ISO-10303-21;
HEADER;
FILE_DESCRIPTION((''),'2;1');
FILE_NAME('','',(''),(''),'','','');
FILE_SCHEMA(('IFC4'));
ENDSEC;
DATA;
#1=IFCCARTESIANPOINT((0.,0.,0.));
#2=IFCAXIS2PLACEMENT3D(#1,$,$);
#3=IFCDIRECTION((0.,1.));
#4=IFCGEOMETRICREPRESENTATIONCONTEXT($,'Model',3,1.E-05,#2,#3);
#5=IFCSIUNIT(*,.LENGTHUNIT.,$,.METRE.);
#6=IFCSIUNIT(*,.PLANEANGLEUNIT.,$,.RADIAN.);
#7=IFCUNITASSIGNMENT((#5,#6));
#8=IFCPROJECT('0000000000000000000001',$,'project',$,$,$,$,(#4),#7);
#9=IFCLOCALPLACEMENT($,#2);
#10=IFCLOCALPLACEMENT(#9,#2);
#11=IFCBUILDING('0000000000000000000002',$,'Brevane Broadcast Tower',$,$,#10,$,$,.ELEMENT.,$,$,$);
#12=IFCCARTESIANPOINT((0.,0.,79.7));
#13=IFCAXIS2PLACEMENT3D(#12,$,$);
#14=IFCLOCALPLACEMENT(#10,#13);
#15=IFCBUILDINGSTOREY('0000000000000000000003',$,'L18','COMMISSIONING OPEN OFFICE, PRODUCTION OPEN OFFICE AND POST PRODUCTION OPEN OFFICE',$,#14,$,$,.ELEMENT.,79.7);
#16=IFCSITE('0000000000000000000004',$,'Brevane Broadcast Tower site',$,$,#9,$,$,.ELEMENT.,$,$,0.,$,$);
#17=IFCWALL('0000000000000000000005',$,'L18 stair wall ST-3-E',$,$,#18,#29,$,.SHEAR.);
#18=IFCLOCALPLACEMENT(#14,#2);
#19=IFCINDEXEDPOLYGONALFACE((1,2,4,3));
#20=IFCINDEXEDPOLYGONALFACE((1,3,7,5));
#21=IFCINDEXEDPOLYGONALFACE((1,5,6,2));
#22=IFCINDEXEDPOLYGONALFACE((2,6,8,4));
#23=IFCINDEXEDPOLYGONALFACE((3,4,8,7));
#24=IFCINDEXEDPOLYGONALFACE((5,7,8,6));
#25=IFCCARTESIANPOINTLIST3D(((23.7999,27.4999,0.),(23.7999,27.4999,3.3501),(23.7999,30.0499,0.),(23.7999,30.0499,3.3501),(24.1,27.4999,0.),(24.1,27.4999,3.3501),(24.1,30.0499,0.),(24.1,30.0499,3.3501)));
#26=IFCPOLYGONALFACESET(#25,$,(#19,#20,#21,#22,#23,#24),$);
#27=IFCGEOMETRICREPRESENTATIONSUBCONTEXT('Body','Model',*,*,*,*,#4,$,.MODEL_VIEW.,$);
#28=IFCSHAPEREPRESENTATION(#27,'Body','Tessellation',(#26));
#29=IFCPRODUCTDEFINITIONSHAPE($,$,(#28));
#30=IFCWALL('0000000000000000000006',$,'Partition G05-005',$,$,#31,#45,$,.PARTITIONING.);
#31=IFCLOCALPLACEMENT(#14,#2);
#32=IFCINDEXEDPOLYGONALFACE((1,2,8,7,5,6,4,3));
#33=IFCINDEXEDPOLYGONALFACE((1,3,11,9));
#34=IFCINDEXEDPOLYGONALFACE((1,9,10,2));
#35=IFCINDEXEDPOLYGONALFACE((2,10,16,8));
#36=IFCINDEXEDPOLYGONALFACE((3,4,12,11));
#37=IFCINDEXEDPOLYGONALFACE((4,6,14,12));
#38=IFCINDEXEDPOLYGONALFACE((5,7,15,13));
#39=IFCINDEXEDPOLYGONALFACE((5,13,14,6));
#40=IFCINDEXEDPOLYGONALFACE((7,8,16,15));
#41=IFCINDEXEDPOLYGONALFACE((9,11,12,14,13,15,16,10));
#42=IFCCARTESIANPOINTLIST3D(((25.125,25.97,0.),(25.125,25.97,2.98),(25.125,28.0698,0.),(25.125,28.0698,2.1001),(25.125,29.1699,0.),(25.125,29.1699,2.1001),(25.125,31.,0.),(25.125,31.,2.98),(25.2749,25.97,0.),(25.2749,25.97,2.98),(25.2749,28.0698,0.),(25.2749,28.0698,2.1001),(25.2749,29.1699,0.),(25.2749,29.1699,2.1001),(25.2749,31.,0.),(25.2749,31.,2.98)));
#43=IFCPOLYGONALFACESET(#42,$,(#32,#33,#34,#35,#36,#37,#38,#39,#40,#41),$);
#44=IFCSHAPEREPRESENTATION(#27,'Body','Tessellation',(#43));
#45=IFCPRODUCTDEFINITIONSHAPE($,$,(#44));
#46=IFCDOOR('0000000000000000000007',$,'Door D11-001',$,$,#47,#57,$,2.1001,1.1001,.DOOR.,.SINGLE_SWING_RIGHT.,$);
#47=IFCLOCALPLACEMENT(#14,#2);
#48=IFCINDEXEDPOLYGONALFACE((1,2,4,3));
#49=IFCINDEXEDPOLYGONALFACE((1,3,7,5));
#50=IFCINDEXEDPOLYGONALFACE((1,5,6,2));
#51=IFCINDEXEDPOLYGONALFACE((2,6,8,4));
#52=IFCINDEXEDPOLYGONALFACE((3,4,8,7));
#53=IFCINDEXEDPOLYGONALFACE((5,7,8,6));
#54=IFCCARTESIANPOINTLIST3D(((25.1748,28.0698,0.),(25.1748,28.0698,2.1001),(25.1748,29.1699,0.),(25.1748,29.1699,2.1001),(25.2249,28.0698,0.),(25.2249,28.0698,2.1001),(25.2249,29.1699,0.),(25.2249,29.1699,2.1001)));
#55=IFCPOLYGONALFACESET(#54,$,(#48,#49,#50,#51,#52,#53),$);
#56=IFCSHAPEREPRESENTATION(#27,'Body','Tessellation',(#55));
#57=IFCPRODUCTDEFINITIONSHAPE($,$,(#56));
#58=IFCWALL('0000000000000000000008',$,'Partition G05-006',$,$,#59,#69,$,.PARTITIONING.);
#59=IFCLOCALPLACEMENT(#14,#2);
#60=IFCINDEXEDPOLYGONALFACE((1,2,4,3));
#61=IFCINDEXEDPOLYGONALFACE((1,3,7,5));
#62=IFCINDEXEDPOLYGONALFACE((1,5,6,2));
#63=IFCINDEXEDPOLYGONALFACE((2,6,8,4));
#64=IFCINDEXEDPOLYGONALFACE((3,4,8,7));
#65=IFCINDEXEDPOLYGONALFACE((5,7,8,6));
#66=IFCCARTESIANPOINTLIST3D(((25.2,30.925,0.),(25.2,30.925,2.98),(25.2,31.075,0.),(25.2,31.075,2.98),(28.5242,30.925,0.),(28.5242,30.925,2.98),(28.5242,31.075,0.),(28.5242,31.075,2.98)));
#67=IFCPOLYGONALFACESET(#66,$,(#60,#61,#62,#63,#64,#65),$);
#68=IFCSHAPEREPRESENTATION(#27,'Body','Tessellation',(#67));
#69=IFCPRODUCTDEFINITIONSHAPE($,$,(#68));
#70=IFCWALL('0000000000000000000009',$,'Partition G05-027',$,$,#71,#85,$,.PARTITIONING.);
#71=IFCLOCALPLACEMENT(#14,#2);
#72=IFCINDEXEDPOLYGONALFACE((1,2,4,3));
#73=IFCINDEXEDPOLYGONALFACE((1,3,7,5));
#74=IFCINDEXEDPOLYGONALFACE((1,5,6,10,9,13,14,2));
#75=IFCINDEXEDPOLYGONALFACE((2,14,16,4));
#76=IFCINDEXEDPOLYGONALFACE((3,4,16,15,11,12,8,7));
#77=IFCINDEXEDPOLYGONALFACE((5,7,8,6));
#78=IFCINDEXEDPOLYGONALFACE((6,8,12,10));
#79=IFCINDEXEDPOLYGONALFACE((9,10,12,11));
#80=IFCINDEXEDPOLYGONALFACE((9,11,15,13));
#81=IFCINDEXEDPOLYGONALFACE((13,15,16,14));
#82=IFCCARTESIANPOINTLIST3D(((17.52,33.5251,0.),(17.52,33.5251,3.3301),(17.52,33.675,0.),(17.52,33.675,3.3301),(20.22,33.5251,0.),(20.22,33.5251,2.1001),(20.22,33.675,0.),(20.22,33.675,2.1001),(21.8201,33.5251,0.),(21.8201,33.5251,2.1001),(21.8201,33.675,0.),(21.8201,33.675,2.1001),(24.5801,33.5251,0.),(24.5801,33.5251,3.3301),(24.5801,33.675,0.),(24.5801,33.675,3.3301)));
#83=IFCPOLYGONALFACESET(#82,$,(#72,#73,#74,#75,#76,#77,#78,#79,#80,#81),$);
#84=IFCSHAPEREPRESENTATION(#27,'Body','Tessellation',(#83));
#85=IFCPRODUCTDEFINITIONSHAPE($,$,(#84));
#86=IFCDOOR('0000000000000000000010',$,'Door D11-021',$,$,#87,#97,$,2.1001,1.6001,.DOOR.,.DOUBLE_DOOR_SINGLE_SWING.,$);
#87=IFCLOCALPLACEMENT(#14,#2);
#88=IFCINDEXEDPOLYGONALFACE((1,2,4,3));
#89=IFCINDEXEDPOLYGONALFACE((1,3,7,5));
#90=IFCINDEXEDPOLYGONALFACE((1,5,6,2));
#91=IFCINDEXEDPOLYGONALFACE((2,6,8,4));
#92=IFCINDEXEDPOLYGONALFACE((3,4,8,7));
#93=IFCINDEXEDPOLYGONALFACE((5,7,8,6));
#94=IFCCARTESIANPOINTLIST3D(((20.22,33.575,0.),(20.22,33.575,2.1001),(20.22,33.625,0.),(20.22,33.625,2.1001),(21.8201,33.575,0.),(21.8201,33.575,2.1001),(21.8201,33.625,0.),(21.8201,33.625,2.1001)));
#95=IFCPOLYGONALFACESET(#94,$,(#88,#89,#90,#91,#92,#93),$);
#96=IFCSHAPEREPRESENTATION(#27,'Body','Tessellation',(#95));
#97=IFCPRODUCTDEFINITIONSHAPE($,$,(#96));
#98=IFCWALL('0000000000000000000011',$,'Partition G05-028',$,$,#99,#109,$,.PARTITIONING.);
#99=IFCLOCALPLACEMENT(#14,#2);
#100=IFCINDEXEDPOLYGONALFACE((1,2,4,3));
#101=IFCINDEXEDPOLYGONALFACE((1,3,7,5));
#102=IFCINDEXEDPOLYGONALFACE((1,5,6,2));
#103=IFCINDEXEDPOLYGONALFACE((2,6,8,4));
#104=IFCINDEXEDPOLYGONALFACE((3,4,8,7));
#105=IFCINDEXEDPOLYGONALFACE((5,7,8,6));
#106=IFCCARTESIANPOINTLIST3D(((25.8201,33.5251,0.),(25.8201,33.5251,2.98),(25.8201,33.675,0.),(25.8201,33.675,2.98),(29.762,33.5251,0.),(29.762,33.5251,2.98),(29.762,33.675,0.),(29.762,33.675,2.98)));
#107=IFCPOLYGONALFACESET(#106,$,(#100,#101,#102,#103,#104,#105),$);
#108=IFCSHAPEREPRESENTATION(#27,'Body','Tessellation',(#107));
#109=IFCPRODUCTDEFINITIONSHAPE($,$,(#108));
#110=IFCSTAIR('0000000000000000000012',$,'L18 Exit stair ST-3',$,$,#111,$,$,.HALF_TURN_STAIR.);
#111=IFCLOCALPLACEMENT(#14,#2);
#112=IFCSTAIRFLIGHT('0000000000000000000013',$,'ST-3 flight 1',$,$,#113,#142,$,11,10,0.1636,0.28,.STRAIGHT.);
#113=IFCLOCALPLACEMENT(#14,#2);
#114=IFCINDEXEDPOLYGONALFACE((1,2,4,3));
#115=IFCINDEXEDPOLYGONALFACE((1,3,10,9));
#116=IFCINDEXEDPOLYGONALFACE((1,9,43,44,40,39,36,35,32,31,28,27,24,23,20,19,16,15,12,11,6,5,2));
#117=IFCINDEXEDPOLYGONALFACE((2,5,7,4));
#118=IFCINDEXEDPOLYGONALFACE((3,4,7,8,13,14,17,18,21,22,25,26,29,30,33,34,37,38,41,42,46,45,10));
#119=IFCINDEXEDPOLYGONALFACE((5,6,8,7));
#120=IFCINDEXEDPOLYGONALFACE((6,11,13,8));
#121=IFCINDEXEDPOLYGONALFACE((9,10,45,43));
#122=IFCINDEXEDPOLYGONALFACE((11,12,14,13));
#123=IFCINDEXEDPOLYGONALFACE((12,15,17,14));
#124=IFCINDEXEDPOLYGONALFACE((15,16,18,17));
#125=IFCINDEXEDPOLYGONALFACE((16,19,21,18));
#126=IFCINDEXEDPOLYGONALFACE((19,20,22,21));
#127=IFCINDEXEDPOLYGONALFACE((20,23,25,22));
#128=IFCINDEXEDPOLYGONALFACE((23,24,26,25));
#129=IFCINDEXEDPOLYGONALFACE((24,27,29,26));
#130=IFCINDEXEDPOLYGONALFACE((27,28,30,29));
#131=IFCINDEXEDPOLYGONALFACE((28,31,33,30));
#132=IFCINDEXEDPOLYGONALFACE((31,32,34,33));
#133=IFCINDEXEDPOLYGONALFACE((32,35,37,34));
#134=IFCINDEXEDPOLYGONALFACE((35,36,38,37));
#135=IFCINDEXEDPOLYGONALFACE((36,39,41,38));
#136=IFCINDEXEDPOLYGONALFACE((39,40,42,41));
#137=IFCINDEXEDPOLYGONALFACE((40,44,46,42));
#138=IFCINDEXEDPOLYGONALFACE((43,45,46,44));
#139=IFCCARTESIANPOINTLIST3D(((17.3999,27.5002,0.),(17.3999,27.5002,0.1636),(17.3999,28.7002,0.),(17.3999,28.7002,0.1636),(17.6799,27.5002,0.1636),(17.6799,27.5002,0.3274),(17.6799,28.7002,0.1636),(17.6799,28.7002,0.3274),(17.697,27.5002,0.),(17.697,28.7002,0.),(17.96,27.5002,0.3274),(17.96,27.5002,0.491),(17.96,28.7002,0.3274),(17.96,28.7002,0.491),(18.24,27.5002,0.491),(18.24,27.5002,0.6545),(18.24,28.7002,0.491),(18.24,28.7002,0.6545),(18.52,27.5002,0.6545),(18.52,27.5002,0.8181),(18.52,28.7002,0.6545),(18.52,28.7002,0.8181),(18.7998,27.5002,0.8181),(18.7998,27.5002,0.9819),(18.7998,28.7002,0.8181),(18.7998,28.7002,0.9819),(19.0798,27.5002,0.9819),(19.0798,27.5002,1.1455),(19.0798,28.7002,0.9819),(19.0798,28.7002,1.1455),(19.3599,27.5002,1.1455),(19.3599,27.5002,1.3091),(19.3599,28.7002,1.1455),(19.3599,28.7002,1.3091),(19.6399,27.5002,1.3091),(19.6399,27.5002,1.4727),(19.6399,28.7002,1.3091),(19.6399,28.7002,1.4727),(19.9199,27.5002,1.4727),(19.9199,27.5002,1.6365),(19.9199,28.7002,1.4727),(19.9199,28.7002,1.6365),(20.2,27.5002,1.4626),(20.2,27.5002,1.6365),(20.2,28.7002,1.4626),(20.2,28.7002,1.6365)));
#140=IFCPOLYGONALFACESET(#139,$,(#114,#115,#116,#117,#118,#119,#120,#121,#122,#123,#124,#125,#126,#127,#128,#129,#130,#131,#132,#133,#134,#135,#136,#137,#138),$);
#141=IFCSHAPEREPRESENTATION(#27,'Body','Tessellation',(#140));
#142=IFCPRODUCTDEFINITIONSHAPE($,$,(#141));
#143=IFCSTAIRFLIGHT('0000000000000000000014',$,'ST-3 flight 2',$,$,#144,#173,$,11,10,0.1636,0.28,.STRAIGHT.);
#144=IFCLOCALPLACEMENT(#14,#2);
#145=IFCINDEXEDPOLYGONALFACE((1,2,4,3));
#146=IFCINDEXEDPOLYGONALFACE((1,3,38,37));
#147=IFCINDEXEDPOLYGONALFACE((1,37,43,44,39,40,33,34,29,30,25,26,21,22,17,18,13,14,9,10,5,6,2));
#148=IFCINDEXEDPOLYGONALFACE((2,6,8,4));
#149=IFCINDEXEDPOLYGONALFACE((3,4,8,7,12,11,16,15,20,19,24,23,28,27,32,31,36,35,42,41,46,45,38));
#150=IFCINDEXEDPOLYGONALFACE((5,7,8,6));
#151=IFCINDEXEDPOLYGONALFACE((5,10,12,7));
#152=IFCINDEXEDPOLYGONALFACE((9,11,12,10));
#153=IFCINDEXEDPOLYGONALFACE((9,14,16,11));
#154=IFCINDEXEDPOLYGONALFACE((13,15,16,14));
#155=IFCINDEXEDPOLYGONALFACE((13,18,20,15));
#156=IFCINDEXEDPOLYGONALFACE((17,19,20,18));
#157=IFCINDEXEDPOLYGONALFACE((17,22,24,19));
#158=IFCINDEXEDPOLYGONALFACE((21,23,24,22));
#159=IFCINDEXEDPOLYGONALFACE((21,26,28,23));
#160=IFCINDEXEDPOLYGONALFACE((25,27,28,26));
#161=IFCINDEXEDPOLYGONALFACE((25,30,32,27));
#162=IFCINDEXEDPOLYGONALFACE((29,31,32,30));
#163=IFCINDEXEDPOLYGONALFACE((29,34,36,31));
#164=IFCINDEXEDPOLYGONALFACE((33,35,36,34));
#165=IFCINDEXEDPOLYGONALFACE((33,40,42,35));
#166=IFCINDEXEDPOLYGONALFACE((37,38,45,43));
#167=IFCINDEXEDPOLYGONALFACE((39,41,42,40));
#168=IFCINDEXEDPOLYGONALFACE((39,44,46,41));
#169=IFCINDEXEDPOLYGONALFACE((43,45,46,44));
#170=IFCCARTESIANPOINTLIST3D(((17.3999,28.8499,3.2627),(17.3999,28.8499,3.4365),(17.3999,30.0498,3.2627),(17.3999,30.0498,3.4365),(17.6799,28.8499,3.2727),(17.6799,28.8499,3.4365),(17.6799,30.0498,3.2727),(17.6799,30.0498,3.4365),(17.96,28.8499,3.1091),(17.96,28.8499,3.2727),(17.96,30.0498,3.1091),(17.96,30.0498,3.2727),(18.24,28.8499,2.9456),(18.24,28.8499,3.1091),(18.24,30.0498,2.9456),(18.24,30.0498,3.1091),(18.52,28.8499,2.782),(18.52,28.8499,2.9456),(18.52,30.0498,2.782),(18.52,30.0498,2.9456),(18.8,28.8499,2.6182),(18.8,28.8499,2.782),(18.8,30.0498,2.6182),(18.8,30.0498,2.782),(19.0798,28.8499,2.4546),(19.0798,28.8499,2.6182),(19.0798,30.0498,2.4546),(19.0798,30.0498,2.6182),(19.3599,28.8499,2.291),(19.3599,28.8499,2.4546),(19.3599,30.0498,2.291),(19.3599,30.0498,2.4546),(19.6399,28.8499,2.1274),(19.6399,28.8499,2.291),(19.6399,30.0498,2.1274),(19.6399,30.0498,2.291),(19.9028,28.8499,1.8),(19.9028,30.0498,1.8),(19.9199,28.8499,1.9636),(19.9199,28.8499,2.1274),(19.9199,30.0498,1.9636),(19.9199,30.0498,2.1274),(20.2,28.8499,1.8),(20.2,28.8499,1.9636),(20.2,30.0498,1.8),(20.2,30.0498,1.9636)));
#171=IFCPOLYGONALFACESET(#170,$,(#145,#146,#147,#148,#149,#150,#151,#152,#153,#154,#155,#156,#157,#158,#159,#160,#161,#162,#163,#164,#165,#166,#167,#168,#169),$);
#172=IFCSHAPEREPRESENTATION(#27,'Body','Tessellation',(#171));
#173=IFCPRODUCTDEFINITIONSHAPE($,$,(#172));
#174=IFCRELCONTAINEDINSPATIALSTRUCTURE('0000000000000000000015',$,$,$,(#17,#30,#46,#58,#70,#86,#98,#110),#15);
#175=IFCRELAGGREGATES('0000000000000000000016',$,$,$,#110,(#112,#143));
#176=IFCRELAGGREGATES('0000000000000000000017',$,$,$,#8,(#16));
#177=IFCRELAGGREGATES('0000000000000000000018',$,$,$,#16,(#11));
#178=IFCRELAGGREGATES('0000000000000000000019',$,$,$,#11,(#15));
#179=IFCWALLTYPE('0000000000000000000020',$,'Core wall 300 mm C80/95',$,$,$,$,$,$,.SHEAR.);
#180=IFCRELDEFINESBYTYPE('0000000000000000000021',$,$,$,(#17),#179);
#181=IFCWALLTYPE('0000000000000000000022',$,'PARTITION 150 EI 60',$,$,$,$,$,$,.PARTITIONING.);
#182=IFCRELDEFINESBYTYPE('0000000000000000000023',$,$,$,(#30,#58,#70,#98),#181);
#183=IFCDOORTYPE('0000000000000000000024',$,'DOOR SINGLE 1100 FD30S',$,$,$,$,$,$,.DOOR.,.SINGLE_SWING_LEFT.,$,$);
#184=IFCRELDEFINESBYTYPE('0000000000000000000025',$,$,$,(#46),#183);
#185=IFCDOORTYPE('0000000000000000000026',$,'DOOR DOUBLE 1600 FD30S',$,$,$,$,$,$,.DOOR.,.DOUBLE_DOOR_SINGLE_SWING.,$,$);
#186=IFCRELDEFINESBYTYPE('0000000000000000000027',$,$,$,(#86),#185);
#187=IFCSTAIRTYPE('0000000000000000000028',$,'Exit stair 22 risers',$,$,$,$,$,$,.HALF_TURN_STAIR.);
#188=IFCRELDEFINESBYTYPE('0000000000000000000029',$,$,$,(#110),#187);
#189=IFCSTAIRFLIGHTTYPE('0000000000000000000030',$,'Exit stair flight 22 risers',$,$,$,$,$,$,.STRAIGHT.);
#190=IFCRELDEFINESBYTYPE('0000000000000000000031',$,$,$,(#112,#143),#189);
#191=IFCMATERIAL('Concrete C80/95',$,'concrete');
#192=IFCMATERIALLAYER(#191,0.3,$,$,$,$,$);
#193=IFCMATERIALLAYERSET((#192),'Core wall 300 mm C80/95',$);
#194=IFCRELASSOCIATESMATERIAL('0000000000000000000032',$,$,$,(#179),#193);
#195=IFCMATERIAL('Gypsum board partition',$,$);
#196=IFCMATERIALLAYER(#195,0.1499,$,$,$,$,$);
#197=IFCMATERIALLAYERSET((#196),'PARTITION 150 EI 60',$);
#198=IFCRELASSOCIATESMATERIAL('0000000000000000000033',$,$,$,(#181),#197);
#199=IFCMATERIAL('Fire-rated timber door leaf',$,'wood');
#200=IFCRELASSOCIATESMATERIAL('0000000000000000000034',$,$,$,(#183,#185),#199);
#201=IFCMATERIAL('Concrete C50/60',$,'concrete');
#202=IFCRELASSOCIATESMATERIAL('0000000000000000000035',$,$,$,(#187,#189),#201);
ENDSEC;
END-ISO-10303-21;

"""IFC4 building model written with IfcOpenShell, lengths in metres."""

from ifc_helpers import new_model, si_unit, direction, frame, frame_2d, origin, place, context, subcontext, project, spatial, polyline, rectangle, outline, extrude, material, layer, layer_set, type_object, element, fill, aggregate, save


model = new_model("IFC4")

# Units and contexts
model_context = context("Model", 3, precision=1e-05, world=origin(), true_north=direction((0.0, 1.0)))
body_context = subcontext(model_context, "Body", "Model", "MODEL_VIEW")
ifc_project = project(units=[si_unit("LENGTHUNIT", "METRE"), si_unit("PLANEANGLEUNIT", "RADIAN")], contexts=[model_context])

# Site, building, storey
site_placement = place(None, origin())
site = spatial("IfcSite", under=ifc_project, at=site_placement, Name="Brevane Broadcast Tower site", CompositionType="ELEMENT", RefElevation=0.0)
building_placement = place(site_placement, origin())
building = spatial("IfcBuilding", under=site, at=building_placement, Name="Brevane Broadcast Tower", CompositionType="ELEMENT")
storey_placement = place(building_placement, frame((0.0, 0.0, 79.7)))
storey = spatial("IfcBuildingStorey", under=building, at=storey_placement, Name="L18", Description="COMMISSIONING OPEN OFFICE, PRODUCTION OPEN OFFICE AND POST PRODUCTION OPEN OFFICE", CompositionType="ELEMENT", Elevation=79.7)

# Shared definitions
ifc_material_1 = material(Name="Concrete C80/95", Category="concrete")

# Wall
ifc_layer_1 = layer(ifc_material_1, 0.3)
ifc_layer_set_1 = layer_set([ifc_layer_1], Name="Core wall 300 mm C80/95")
wall_type_1 = type_object("IfcWallType", Name="Core wall 300 mm C80/95", PredefinedType="SHEAR", material=ifc_layer_set_1)
wall_1_placement = place(storey_placement, frame((23.95, 27.5, 0.0), z_axis=(0.0, 0.0, 1.0), x_axis=(0.0, 1.0, 0.0)))
element("IfcWall", 1, at=wall_1_placement, inside=storey, type_object=wall_type_1, Name="L18 stair wall ST-3-E", PredefinedType="SHEAR", context=body_context, shape_type="SweptSolid", body=[
    extrude(rectangle(XDim=2.55, YDim=0.3, at=frame_2d((1.2749, 0.0))), origin(), (0.0, 0.0, 1.0), 3.3501),
])

# Wall, opening, door
ifc_material_2 = material(Name="Gypsum board partition")
ifc_layer_2 = layer(ifc_material_2, 0.1499)
ifc_layer_set_2 = layer_set([ifc_layer_2], Name="PARTITION 150 EI 60")
wall_type_2 = type_object("IfcWallType", Name="PARTITION 150 EI 60", PredefinedType="PARTITIONING", material=ifc_layer_set_2)
wall_2_placement = place(storey_placement, frame((25.2, 31.0, 0.0), z_axis=(0.0, 0.0, 1.0), x_axis=(0.0, -1.0, 0.0)))
wall_2 = element("IfcWall", 2, at=wall_2_placement, inside=storey, type_object=wall_type_2, Name="Partition G05-005", PredefinedType="PARTITIONING", context=body_context, shape_type="SweptSolid", body=[
    extrude(outline(polyline([(0.0, 0.0), (5.03, 0.0), (5.03, 2.98), (0.0, 2.98), (0.0, 0.0)])), frame((0.0, 0.075, 0.0), z_axis=(0.0, -1.0, 0.0), x_axis=(1.0, 0.0, 0.0)), (0.0, 0.0, 1.0), 0.1499),
])
opening_1_placement = place(wall_2_placement, frame((1.8301, 0.0, 0.0)))
opening_1 = element("IfcOpeningElement", 3, at=opening_1_placement, cuts=wall_2, PredefinedType="OPENING", context=body_context, shape_type="SweptSolid", body=[
    extrude(rectangle(XDim=1.1001, YDim=2.1001, at=frame_2d((0.55, 1.05))), frame((0.0, 0.085, 0.0), z_axis=(0.0, -1.0, 0.0), x_axis=(1.0, 0.0, 0.0)), (0.0, 0.0, 1.0), 0.1699),
])
ifc_material_3 = material(Name="Fire-rated timber door leaf", Category="wood")
door_type_1 = type_object("IfcDoorType", Name="DOOR SINGLE 1100 FD30S", OperationType="SINGLE_SWING_LEFT", PredefinedType="DOOR", material=ifc_material_3)
door_1_placement = place(opening_1_placement, origin())
door_1 = element("IfcDoor", 4, at=door_1_placement, inside=storey, type_object=door_type_1, Name="Door D11-001", OperationType="SINGLE_SWING_RIGHT", OverallHeight=2.1001, OverallWidth=1.1001, PredefinedType="DOOR", context=body_context, shape_type="SweptSolid", body=[
    extrude(rectangle(XDim=1.1001, YDim=2.1001, at=frame_2d((0.55, 1.05))), frame((0.0, 0.0249, 0.0), z_axis=(0.0, -1.0, 0.0), x_axis=(1.0, 0.0, 0.0)), (0.0, 0.0, 1.0), 0.05),
])
fill(opening_1, door_1)

# Wall
wall_3_placement = place(storey_placement, frame((25.2, 31.0, 0.0), z_axis=(0.0, 0.0, 1.0), x_axis=(1.0, 0.0, 0.0)))
element("IfcWall", 5, at=wall_3_placement, inside=storey, type_object=wall_type_2, Name="Partition G05-006", PredefinedType="PARTITIONING", context=body_context, shape_type="SweptSolid", body=[
    extrude(rectangle(XDim=3.3242, YDim=0.1499, at=frame_2d((1.6621, 0.0))), origin(), (0.0, 0.0, 1.0), 2.98),
])

# Wall, opening, door
wall_4_placement = place(storey_placement, frame((17.52, 33.6001, 0.0), z_axis=(0.0, 0.0, 1.0), x_axis=(1.0, 0.0, 0.0)))
wall_4 = element("IfcWall", 6, at=wall_4_placement, inside=storey, type_object=wall_type_2, Name="Partition G05-027", PredefinedType="PARTITIONING", context=body_context, shape_type="SweptSolid", body=[
    extrude(rectangle(XDim=7.0601, YDim=0.1499, at=frame_2d((3.53, 0.0))), origin(), (0.0, 0.0, 1.0), 3.3301),
])
opening_2_placement = place(wall_4_placement, frame((2.7, 0.0, 0.0)))
opening_2 = element("IfcOpeningElement", 7, at=opening_2_placement, cuts=wall_4, PredefinedType="OPENING", context=body_context, shape_type="SweptSolid", body=[
    extrude(rectangle(XDim=1.6001, YDim=2.1001, at=frame_2d((0.8, 1.05))), frame((0.0, 0.085, 0.0), z_axis=(0.0, -1.0, 0.0), x_axis=(1.0, 0.0, 0.0)), (0.0, 0.0, 1.0), 0.1699),
])
door_type_2 = type_object("IfcDoorType", Name="DOOR DOUBLE 1600 FD30S", OperationType="DOUBLE_DOOR_SINGLE_SWING", PredefinedType="DOOR", material=ifc_material_3)
door_2_placement = place(opening_2_placement, origin())
door_2 = element("IfcDoor", 8, at=door_2_placement, inside=storey, type_object=door_type_2, Name="Door D11-021", OperationType="DOUBLE_DOOR_SINGLE_SWING", OverallHeight=2.1001, OverallWidth=1.6001, PredefinedType="DOOR", context=body_context, shape_type="SweptSolid", body=[
    extrude(rectangle(XDim=1.6001, YDim=2.1001, at=frame_2d((0.8, 1.05))), frame((0.0, 0.0249, 0.0), z_axis=(0.0, -1.0, 0.0), x_axis=(1.0, 0.0, 0.0)), (0.0, 0.0, 1.0), 0.05),
])
fill(opening_2, door_2)

# Wall
wall_5_placement = place(storey_placement, frame((25.8201, 33.6001, 0.0), z_axis=(0.0, 0.0, 1.0), x_axis=(1.0, 0.0, 0.0)))
element("IfcWall", 9, at=wall_5_placement, inside=storey, type_object=wall_type_2, Name="Partition G05-028", PredefinedType="PARTITIONING", context=body_context, shape_type="SweptSolid", body=[
    extrude(rectangle(XDim=3.9419, YDim=0.1499, at=frame_2d((1.9709, 0.0))), origin(), (0.0, 0.0, 1.0), 2.98),
])

# Stair, stair flights
ifc_material_4 = material(Name="Concrete C50/60", Category="concrete")
stair_type = type_object("IfcStairType", Name="Exit stair 22 risers", PredefinedType="HALF_TURN_STAIR", material=ifc_material_4)
stair_placement = place(storey_placement, origin())
stair = element("IfcStair", 10, at=stair_placement, inside=storey, type_object=stair_type, Name="L18 Exit stair ST-3", PredefinedType="HALF_TURN_STAIR")
stair_flight_type = type_object("IfcStairFlightType", Name="Exit stair flight 22 risers", PredefinedType="STRAIGHT", material=ifc_material_4)
stair_flight_1_placement = place(storey_placement, frame((17.3999, 28.1001, 0.0), z_axis=(0.0, 0.0, 1.0), x_axis=(1.0, 0.0, 0.0)))
stair_flight_1 = element("IfcStairFlight", 11, at=stair_flight_1_placement, type_object=stair_flight_type, Name="ST-3 flight 1", NumberOfRisers=11, NumberOfTreads=10, PredefinedType="STRAIGHT", RiserHeight=0.1636, TreadLength=0.28, context=body_context, shape_type="SweptSolid", body=[
    extrude(outline(polyline([(0.0, 0.0), (0.0, 0.1636), (0.28, 0.1636), (0.28, 0.3274), (0.5601, 0.3274), (0.5601, 0.491), (0.8401, 0.491), (0.8401, 0.6545), (1.1201, 0.6545), (1.1201, 0.8181), (1.3999, 0.8181), (1.3999, 0.9819), (1.6799, 0.9819), (1.6799, 1.1455), (1.96, 1.1455), (1.96, 1.3091), (2.24, 1.3091), (2.24, 1.4727), (2.52, 1.4727), (2.52, 1.6365), (2.8, 1.6365), (2.8, 1.8), (2.8, 1.4626), (0.2971, 0.0), (0.0, 0.0)])), frame((0.0, 0.6001, 0.0), z_axis=(0.0, -1.0, 0.0), x_axis=(1.0, 0.0, 0.0)), (0.0, 0.0, 1.0), 1.2),
])
stair_flight_2_placement = place(storey_placement, frame((20.2, 29.45, 1.8), z_axis=(0.0, 0.0, 1.0), x_axis=(-1.0, 0.0, 0.0)))
stair_flight_2 = element("IfcStairFlight", 12, at=stair_flight_2_placement, type_object=stair_flight_type, Name="ST-3 flight 2", NumberOfRisers=11, NumberOfTreads=10, PredefinedType="STRAIGHT", RiserHeight=0.1636, TreadLength=0.28, context=body_context, shape_type="SweptSolid", body=[
    extrude(outline(polyline([(0.0, 0.0), (0.0, 0.1636), (0.28, 0.1636), (0.28, 0.3274), (0.5601, 0.3274), (0.5601, 0.491), (0.8401, 0.491), (0.8401, 0.6545), (1.1201, 0.6545), (1.1201, 0.8181), (1.3999, 0.8181), (1.3999, 0.9819), (1.6799, 0.9819), (1.6799, 1.1455), (1.96, 1.1455), (1.96, 1.3091), (2.24, 1.3091), (2.24, 1.4727), (2.52, 1.4727), (2.52, 1.6365), (2.8, 1.6365), (2.8, 1.8), (2.8, 1.4626), (0.2971, 0.0), (0.0, 0.0)])), frame((0.0, 0.6001, 0.0), z_axis=(0.0, -1.0, 0.0), x_axis=(1.0, 0.0, 0.0)), (0.0, 0.0, 1.0), 1.2),
])
aggregate(stair, [stair_flight_1, stair_flight_2])

save(model, "model.ifc")
